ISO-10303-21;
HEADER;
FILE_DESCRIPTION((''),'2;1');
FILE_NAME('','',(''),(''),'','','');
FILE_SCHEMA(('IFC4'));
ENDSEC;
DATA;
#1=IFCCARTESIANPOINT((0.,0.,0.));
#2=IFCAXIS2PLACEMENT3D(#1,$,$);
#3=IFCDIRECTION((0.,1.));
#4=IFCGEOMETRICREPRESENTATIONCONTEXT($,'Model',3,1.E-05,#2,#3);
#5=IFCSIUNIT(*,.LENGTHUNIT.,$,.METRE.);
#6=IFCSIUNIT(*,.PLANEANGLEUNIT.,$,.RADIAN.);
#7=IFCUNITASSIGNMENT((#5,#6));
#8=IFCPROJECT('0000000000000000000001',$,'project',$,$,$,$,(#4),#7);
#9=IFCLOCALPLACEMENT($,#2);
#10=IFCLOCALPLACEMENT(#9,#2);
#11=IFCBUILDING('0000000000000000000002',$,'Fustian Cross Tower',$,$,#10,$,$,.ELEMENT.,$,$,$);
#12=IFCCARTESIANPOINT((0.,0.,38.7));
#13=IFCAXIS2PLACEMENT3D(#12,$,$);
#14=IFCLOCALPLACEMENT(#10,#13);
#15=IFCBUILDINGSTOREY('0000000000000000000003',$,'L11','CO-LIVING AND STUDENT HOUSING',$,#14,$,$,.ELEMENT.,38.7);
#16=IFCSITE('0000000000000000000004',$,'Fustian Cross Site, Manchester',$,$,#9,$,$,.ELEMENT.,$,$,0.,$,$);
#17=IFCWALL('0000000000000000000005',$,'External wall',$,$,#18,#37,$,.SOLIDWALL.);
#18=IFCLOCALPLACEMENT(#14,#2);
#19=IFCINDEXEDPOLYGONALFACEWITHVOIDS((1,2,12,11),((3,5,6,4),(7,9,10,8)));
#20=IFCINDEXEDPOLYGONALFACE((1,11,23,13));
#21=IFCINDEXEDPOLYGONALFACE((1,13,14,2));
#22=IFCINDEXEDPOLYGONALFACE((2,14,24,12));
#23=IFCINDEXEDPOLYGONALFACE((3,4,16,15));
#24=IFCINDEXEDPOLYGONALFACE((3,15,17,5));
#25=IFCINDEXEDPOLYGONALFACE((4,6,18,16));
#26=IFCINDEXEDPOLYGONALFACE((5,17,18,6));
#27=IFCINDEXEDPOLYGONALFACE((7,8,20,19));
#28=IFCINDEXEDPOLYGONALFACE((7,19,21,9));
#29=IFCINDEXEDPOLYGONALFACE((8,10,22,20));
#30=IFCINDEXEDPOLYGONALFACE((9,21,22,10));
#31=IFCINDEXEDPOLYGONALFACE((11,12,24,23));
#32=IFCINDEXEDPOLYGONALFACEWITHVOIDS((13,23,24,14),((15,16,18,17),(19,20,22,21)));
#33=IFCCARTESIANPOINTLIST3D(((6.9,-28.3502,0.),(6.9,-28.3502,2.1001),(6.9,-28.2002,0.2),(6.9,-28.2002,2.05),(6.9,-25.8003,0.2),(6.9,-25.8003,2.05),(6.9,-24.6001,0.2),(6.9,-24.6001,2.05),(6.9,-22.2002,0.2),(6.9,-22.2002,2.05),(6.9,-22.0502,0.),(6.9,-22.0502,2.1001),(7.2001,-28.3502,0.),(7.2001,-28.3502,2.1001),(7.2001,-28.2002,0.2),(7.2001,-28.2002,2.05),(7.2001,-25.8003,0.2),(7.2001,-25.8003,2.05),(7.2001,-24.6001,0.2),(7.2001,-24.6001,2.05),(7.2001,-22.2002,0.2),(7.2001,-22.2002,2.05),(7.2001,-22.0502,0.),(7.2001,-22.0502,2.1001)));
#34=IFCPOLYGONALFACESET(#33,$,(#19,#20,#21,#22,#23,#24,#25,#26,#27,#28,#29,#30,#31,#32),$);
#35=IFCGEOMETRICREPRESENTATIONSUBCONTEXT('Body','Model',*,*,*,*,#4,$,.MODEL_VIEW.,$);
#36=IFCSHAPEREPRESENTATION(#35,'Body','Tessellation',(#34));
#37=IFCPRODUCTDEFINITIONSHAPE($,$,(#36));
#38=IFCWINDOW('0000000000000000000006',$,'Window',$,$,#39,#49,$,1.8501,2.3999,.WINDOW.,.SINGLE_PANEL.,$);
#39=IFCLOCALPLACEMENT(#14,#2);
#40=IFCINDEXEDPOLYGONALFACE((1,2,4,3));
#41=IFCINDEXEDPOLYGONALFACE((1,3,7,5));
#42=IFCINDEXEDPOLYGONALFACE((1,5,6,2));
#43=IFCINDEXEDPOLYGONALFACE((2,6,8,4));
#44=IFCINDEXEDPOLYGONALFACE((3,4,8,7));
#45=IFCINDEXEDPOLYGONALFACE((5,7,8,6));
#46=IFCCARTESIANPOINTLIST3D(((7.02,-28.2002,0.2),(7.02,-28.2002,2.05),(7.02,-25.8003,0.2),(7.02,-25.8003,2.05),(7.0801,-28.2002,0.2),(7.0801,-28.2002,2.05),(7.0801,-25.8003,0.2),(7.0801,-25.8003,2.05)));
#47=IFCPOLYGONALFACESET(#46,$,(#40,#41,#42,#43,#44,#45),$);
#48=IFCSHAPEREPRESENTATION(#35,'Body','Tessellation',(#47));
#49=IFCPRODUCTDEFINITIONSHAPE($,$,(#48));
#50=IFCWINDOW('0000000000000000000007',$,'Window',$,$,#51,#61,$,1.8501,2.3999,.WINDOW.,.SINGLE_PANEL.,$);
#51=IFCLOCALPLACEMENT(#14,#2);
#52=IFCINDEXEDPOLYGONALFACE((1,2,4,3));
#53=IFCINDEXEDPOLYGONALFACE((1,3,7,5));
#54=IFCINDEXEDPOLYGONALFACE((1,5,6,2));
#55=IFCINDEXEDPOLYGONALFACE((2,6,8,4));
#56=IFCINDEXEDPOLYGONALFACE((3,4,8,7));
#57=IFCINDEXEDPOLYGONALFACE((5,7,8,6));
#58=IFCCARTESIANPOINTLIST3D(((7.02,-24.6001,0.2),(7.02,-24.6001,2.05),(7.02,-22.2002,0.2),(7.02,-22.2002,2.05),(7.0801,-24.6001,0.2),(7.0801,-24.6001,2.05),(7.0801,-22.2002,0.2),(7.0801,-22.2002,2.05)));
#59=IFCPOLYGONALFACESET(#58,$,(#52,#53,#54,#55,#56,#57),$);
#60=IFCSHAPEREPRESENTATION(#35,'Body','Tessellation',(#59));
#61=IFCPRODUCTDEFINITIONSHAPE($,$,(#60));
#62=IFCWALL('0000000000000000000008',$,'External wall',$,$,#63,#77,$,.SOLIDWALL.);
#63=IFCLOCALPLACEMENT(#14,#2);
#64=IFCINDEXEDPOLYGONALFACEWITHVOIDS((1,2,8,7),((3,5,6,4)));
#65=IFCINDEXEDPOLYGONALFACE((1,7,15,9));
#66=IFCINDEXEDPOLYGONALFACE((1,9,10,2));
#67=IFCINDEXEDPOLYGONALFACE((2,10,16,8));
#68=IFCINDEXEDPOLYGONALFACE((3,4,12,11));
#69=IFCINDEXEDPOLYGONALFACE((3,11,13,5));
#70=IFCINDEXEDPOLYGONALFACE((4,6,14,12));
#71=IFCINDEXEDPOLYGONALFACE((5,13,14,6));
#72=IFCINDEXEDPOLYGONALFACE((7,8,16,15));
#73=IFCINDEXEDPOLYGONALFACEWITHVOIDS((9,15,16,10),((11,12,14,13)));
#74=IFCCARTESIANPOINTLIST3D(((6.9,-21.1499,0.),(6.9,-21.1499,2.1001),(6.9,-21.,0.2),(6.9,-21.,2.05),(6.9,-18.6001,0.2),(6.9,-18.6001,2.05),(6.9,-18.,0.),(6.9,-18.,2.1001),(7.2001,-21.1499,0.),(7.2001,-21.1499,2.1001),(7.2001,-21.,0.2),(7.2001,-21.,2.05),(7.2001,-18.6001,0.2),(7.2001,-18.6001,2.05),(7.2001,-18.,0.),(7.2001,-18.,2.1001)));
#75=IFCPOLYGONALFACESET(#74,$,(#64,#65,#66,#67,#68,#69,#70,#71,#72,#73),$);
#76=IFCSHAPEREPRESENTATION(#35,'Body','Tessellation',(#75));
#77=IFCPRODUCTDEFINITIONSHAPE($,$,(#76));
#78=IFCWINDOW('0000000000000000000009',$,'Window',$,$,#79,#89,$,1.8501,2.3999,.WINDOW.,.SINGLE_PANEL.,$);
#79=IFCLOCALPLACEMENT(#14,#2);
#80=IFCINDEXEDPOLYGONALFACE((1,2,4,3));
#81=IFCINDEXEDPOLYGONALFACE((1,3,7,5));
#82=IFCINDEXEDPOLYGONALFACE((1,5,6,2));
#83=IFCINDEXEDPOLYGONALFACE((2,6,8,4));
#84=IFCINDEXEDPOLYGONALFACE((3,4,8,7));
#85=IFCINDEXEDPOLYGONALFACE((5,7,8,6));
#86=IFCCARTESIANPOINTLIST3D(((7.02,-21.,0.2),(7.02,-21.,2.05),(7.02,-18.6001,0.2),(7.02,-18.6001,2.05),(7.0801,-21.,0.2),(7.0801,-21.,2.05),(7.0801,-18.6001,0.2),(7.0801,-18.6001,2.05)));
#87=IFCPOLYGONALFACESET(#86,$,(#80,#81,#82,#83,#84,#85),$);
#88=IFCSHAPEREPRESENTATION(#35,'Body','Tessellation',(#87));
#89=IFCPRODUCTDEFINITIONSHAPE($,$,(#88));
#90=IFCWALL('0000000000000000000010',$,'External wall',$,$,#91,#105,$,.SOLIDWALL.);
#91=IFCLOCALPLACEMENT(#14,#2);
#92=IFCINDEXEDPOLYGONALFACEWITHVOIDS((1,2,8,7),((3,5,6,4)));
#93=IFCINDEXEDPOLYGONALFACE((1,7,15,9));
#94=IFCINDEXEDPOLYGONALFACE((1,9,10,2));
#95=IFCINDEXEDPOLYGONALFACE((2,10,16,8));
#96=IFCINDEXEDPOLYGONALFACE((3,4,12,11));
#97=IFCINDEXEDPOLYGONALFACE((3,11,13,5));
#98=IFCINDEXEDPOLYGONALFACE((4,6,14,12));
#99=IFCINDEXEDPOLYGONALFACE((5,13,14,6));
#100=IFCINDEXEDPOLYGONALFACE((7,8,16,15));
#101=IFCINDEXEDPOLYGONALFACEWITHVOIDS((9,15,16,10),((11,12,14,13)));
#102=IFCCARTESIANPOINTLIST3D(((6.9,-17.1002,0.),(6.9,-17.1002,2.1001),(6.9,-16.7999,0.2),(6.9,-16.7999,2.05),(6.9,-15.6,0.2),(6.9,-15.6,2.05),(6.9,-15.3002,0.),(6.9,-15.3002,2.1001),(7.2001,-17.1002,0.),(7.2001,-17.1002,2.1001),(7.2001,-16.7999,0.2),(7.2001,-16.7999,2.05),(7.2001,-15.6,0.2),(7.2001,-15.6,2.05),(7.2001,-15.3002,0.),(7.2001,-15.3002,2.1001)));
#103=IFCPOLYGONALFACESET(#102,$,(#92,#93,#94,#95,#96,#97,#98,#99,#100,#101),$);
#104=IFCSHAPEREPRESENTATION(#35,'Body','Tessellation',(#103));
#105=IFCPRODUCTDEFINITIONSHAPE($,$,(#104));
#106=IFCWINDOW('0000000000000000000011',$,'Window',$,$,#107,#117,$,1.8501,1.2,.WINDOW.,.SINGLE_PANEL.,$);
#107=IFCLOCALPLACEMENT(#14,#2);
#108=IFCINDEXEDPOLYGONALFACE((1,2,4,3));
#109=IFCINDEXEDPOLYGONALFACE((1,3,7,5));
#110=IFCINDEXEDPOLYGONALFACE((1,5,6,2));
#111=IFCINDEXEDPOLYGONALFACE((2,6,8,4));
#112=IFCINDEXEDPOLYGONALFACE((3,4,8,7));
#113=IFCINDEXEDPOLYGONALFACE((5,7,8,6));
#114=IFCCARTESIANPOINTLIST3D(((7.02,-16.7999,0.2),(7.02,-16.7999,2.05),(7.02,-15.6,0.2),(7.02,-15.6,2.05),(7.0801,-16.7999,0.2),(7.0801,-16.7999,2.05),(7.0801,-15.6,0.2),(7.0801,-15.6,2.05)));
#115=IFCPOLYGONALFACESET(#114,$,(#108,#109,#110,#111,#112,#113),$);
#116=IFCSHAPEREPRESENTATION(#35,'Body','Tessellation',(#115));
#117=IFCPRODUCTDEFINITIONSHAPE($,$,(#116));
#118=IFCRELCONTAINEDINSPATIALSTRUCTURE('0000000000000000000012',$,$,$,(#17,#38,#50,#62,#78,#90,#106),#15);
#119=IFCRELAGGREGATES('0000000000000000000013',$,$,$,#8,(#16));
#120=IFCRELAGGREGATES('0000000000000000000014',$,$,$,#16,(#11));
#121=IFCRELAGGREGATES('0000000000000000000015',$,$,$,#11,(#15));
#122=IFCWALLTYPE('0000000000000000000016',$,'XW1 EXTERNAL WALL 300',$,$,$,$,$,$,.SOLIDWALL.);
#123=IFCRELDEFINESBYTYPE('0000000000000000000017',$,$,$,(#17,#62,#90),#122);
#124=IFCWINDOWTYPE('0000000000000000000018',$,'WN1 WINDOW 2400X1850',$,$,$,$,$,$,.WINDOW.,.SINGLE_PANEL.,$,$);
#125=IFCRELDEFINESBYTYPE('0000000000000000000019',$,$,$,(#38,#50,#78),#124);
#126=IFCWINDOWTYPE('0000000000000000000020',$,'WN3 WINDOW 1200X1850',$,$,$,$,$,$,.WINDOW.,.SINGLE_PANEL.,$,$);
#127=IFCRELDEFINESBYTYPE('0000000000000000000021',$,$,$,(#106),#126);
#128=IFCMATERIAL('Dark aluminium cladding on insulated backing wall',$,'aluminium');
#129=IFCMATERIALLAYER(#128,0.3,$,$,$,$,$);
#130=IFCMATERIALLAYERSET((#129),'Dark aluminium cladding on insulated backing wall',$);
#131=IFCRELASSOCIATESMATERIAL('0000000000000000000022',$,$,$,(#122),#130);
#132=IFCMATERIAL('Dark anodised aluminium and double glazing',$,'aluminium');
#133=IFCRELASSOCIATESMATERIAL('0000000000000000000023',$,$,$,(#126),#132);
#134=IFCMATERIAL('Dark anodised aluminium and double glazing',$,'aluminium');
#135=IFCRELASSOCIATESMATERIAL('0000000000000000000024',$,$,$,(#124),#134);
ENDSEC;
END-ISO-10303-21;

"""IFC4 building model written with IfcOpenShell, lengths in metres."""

from ifc_helpers import new_model, si_unit, direction, frame, frame_2d, origin, place, context, subcontext, project, spatial, rectangle, extrude, material, layer, layer_set, type_object, element, fill, save


model = new_model("IFC4")

# Units and contexts
model_context = context("Model", 3, precision=1e-05, world=origin(), true_north=direction((0.0, 1.0)))
body_context = subcontext(model_context, "Body", "Model", "MODEL_VIEW")
ifc_project = project(units=[si_unit("LENGTHUNIT", "METRE"), si_unit("PLANEANGLEUNIT", "RADIAN")], contexts=[model_context])

# Site, building, storey
site_placement = place(None, origin())
site = spatial("IfcSite", under=ifc_project, at=site_placement, Name="Fustian Cross Site, Manchester", CompositionType="ELEMENT", RefElevation=0.0)
building_placement = place(site_placement, origin())
building = spatial("IfcBuilding", under=site, at=building_placement, Name="Fustian Cross Tower", CompositionType="ELEMENT")
storey_placement = place(building_placement, frame((0.0, 0.0, 38.7)))
storey = spatial("IfcBuildingStorey", under=building, at=storey_placement, Name="L11", Description="CO-LIVING AND STUDENT HOUSING", CompositionType="ELEMENT", Elevation=38.7)

# Shared definitions
ifc_material_1 = material(Name="Dark aluminium cladding on insulated backing wall", Category="aluminium")
ifc_layer_1 = layer(ifc_material_1, 0.3)
ifc_layer_set_1 = layer_set([ifc_layer_1], Name="Dark aluminium cladding on insulated backing wall")
wall_type_1 = type_object("IfcWallType", Name="XW1 EXTERNAL WALL 300", PredefinedType="SOLIDWALL", material=ifc_layer_set_1)
ifc_material_2 = material(Name="Dark anodised aluminium and double glazing", Category="aluminium")
window_type_1 = type_object("IfcWindowType", Name="WN3 WINDOW 1200X1850", PartitioningType="SINGLE_PANEL", PredefinedType="WINDOW", material=ifc_material_2)

# Shared definitions
ifc_material_3 = material(Name="Dark anodised aluminium and double glazing", Category="aluminium")
window_type_2 = type_object("IfcWindowType", Name="WN1 WINDOW 2400X1850", PartitioningType="SINGLE_PANEL", PredefinedType="WINDOW", material=ifc_material_3)

# Wall, openings, windows
wall_1_placement = place(storey_placement, frame((7.05, -28.3501, 0.0), z_axis=(0.0, 0.0, 1.0), x_axis=(0.0, 1.0, 0.0)))
wall_1 = element("IfcWall", 1, at=wall_1_placement, inside=storey, type_object=wall_type_1, Name="External wall", PredefinedType="SOLIDWALL", context=body_context, shape_type="SweptSolid", body=[
    extrude(rectangle(XDim=6.3, YDim=0.3, at=frame_2d((3.1499, 0.0))), origin(), (0.0, 0.0, 1.0), 2.1001),
])
opening_1_placement = place(wall_1_placement, frame((0.1499, 0.0, 0.2)))
opening_1 = element("IfcOpeningElement", 2, at=opening_1_placement, cuts=wall_1, PredefinedType="OPENING", context=body_context, shape_type="SweptSolid", body=[
    extrude(rectangle(XDim=2.3999, YDim=1.8501, at=frame_2d((1.2, 0.925))), frame((0.0, 0.1599, 0.0), z_axis=(0.0, -1.0, 0.0), x_axis=(1.0, 0.0, 0.0)), (0.0, 0.0, 1.0), 0.3201),
])
opening_2_placement = place(wall_1_placement, frame((3.75, 0.0, 0.2)))
opening_2 = element("IfcOpeningElement", 3, at=opening_2_placement, cuts=wall_1, PredefinedType="OPENING", context=body_context, shape_type="SweptSolid", body=[
    extrude(rectangle(XDim=2.3999, YDim=1.8501, at=frame_2d((1.2, 0.925))), frame((0.0, 0.1599, 0.0), z_axis=(0.0, -1.0, 0.0), x_axis=(1.0, 0.0, 0.0)), (0.0, 0.0, 1.0), 0.3201),
])
window_1_placement = place(opening_1_placement, origin())
window_1 = element("IfcWindow", 4, at=window_1_placement, inside=storey, type_object=window_type_2, Name="Window", OverallHeight=1.8501, OverallWidth=2.3999, PartitioningType="SINGLE_PANEL", PredefinedType="WINDOW", context=body_context, shape_type="SweptSolid", body=[
    extrude(rectangle(XDim=2.3999, YDim=1.8501, at=frame_2d((1.2, 0.925))), frame((0.0, 0.03, 0.0), z_axis=(0.0, -1.0, 0.0), x_axis=(1.0, 0.0, 0.0)), (0.0, 0.0, 1.0), 0.0601),
])
fill(opening_1, window_1)
window_2_placement = place(opening_2_placement, origin())
window_2 = element("IfcWindow", 5, at=window_2_placement, inside=storey, type_object=window_type_2, Name="Window", OverallHeight=1.8501, OverallWidth=2.3999, PartitioningType="SINGLE_PANEL", PredefinedType="WINDOW", context=body_context, shape_type="SweptSolid", body=[
    extrude(rectangle(XDim=2.3999, YDim=1.8501, at=frame_2d((1.2, 0.925))), frame((0.0, 0.03, 0.0), z_axis=(0.0, -1.0, 0.0), x_axis=(1.0, 0.0, 0.0)), (0.0, 0.0, 1.0), 0.0601),
])
fill(opening_2, window_2)

# Walls, openings, windows
wall_2_placement = place(storey_placement, frame((7.05, -21.1499, 0.0), z_axis=(0.0, 0.0, 1.0), x_axis=(0.0, 1.0, 0.0)))
wall_2 = element("IfcWall", 6, at=wall_2_placement, inside=storey, type_object=wall_type_1, Name="External wall", PredefinedType="SOLIDWALL", context=body_context, shape_type="SweptSolid", body=[
    extrude(rectangle(XDim=3.1499, YDim=0.3, at=frame_2d((1.575, 0.0))), origin(), (0.0, 0.0, 1.0), 2.1001),
])
opening_3_placement = place(wall_2_placement, frame((0.1499, 0.0, 0.2)))
opening_3 = element("IfcOpeningElement", 7, at=opening_3_placement, cuts=wall_2, PredefinedType="OPENING", context=body_context, shape_type="SweptSolid", body=[
    extrude(rectangle(XDim=2.3999, YDim=1.8501, at=frame_2d((1.2, 0.925))), frame((0.0, 0.1599, 0.0), z_axis=(0.0, -1.0, 0.0), x_axis=(1.0, 0.0, 0.0)), (0.0, 0.0, 1.0), 0.3201),
])
window_3_placement = place(opening_3_placement, origin())
window_3 = element("IfcWindow", 8, at=window_3_placement, inside=storey, type_object=window_type_2, Name="Window", OverallHeight=1.8501, OverallWidth=2.3999, PartitioningType="SINGLE_PANEL", PredefinedType="WINDOW", context=body_context, shape_type="SweptSolid", body=[
    extrude(rectangle(XDim=2.3999, YDim=1.8501, at=frame_2d((1.2, 0.925))), frame((0.0, 0.03, 0.0), z_axis=(0.0, -1.0, 0.0), x_axis=(1.0, 0.0, 0.0)), (0.0, 0.0, 1.0), 0.0601),
])
fill(opening_3, window_3)
wall_3_placement = place(storey_placement, frame((7.05, -17.1001, 0.0), z_axis=(0.0, 0.0, 1.0), x_axis=(0.0, 1.0, 0.0)))
wall_3 = element("IfcWall", 9, at=wall_3_placement, inside=storey, type_object=wall_type_1, Name="External wall", PredefinedType="SOLIDWALL", context=body_context, shape_type="SweptSolid", body=[
    extrude(rectangle(XDim=1.8, YDim=0.3, at=frame_2d((0.8999, 0.0))), origin(), (0.0, 0.0, 1.0), 2.1001),
])
opening_4_placement = place(wall_3_placement, frame((0.3, 0.0, 0.2)))
opening_4 = element("IfcOpeningElement", 10, at=opening_4_placement, cuts=wall_3, PredefinedType="OPENING", context=body_context, shape_type="SweptSolid", body=[
    extrude(rectangle(XDim=1.2, YDim=1.8501, at=frame_2d((0.6001, 0.925))), frame((0.0, 0.1599, 0.0), z_axis=(0.0, -1.0, 0.0), x_axis=(1.0, 0.0, 0.0)), (0.0, 0.0, 1.0), 0.3201),
])
window_4_placement = place(opening_4_placement, origin())
window_4 = element("IfcWindow", 11, at=window_4_placement, inside=storey, type_object=window_type_1, Name="Window", OverallHeight=1.8501, OverallWidth=1.2, PartitioningType="SINGLE_PANEL", PredefinedType="WINDOW", context=body_context, shape_type="SweptSolid", body=[
    extrude(rectangle(XDim=1.2, YDim=1.8501, at=frame_2d((0.6001, 0.925))), frame((0.0, 0.03, 0.0), z_axis=(0.0, -1.0, 0.0), x_axis=(1.0, 0.0, 0.0)), (0.0, 0.0, 1.0), 0.0601),
])
fill(opening_4, window_4)

save(model, "model.ifc")
